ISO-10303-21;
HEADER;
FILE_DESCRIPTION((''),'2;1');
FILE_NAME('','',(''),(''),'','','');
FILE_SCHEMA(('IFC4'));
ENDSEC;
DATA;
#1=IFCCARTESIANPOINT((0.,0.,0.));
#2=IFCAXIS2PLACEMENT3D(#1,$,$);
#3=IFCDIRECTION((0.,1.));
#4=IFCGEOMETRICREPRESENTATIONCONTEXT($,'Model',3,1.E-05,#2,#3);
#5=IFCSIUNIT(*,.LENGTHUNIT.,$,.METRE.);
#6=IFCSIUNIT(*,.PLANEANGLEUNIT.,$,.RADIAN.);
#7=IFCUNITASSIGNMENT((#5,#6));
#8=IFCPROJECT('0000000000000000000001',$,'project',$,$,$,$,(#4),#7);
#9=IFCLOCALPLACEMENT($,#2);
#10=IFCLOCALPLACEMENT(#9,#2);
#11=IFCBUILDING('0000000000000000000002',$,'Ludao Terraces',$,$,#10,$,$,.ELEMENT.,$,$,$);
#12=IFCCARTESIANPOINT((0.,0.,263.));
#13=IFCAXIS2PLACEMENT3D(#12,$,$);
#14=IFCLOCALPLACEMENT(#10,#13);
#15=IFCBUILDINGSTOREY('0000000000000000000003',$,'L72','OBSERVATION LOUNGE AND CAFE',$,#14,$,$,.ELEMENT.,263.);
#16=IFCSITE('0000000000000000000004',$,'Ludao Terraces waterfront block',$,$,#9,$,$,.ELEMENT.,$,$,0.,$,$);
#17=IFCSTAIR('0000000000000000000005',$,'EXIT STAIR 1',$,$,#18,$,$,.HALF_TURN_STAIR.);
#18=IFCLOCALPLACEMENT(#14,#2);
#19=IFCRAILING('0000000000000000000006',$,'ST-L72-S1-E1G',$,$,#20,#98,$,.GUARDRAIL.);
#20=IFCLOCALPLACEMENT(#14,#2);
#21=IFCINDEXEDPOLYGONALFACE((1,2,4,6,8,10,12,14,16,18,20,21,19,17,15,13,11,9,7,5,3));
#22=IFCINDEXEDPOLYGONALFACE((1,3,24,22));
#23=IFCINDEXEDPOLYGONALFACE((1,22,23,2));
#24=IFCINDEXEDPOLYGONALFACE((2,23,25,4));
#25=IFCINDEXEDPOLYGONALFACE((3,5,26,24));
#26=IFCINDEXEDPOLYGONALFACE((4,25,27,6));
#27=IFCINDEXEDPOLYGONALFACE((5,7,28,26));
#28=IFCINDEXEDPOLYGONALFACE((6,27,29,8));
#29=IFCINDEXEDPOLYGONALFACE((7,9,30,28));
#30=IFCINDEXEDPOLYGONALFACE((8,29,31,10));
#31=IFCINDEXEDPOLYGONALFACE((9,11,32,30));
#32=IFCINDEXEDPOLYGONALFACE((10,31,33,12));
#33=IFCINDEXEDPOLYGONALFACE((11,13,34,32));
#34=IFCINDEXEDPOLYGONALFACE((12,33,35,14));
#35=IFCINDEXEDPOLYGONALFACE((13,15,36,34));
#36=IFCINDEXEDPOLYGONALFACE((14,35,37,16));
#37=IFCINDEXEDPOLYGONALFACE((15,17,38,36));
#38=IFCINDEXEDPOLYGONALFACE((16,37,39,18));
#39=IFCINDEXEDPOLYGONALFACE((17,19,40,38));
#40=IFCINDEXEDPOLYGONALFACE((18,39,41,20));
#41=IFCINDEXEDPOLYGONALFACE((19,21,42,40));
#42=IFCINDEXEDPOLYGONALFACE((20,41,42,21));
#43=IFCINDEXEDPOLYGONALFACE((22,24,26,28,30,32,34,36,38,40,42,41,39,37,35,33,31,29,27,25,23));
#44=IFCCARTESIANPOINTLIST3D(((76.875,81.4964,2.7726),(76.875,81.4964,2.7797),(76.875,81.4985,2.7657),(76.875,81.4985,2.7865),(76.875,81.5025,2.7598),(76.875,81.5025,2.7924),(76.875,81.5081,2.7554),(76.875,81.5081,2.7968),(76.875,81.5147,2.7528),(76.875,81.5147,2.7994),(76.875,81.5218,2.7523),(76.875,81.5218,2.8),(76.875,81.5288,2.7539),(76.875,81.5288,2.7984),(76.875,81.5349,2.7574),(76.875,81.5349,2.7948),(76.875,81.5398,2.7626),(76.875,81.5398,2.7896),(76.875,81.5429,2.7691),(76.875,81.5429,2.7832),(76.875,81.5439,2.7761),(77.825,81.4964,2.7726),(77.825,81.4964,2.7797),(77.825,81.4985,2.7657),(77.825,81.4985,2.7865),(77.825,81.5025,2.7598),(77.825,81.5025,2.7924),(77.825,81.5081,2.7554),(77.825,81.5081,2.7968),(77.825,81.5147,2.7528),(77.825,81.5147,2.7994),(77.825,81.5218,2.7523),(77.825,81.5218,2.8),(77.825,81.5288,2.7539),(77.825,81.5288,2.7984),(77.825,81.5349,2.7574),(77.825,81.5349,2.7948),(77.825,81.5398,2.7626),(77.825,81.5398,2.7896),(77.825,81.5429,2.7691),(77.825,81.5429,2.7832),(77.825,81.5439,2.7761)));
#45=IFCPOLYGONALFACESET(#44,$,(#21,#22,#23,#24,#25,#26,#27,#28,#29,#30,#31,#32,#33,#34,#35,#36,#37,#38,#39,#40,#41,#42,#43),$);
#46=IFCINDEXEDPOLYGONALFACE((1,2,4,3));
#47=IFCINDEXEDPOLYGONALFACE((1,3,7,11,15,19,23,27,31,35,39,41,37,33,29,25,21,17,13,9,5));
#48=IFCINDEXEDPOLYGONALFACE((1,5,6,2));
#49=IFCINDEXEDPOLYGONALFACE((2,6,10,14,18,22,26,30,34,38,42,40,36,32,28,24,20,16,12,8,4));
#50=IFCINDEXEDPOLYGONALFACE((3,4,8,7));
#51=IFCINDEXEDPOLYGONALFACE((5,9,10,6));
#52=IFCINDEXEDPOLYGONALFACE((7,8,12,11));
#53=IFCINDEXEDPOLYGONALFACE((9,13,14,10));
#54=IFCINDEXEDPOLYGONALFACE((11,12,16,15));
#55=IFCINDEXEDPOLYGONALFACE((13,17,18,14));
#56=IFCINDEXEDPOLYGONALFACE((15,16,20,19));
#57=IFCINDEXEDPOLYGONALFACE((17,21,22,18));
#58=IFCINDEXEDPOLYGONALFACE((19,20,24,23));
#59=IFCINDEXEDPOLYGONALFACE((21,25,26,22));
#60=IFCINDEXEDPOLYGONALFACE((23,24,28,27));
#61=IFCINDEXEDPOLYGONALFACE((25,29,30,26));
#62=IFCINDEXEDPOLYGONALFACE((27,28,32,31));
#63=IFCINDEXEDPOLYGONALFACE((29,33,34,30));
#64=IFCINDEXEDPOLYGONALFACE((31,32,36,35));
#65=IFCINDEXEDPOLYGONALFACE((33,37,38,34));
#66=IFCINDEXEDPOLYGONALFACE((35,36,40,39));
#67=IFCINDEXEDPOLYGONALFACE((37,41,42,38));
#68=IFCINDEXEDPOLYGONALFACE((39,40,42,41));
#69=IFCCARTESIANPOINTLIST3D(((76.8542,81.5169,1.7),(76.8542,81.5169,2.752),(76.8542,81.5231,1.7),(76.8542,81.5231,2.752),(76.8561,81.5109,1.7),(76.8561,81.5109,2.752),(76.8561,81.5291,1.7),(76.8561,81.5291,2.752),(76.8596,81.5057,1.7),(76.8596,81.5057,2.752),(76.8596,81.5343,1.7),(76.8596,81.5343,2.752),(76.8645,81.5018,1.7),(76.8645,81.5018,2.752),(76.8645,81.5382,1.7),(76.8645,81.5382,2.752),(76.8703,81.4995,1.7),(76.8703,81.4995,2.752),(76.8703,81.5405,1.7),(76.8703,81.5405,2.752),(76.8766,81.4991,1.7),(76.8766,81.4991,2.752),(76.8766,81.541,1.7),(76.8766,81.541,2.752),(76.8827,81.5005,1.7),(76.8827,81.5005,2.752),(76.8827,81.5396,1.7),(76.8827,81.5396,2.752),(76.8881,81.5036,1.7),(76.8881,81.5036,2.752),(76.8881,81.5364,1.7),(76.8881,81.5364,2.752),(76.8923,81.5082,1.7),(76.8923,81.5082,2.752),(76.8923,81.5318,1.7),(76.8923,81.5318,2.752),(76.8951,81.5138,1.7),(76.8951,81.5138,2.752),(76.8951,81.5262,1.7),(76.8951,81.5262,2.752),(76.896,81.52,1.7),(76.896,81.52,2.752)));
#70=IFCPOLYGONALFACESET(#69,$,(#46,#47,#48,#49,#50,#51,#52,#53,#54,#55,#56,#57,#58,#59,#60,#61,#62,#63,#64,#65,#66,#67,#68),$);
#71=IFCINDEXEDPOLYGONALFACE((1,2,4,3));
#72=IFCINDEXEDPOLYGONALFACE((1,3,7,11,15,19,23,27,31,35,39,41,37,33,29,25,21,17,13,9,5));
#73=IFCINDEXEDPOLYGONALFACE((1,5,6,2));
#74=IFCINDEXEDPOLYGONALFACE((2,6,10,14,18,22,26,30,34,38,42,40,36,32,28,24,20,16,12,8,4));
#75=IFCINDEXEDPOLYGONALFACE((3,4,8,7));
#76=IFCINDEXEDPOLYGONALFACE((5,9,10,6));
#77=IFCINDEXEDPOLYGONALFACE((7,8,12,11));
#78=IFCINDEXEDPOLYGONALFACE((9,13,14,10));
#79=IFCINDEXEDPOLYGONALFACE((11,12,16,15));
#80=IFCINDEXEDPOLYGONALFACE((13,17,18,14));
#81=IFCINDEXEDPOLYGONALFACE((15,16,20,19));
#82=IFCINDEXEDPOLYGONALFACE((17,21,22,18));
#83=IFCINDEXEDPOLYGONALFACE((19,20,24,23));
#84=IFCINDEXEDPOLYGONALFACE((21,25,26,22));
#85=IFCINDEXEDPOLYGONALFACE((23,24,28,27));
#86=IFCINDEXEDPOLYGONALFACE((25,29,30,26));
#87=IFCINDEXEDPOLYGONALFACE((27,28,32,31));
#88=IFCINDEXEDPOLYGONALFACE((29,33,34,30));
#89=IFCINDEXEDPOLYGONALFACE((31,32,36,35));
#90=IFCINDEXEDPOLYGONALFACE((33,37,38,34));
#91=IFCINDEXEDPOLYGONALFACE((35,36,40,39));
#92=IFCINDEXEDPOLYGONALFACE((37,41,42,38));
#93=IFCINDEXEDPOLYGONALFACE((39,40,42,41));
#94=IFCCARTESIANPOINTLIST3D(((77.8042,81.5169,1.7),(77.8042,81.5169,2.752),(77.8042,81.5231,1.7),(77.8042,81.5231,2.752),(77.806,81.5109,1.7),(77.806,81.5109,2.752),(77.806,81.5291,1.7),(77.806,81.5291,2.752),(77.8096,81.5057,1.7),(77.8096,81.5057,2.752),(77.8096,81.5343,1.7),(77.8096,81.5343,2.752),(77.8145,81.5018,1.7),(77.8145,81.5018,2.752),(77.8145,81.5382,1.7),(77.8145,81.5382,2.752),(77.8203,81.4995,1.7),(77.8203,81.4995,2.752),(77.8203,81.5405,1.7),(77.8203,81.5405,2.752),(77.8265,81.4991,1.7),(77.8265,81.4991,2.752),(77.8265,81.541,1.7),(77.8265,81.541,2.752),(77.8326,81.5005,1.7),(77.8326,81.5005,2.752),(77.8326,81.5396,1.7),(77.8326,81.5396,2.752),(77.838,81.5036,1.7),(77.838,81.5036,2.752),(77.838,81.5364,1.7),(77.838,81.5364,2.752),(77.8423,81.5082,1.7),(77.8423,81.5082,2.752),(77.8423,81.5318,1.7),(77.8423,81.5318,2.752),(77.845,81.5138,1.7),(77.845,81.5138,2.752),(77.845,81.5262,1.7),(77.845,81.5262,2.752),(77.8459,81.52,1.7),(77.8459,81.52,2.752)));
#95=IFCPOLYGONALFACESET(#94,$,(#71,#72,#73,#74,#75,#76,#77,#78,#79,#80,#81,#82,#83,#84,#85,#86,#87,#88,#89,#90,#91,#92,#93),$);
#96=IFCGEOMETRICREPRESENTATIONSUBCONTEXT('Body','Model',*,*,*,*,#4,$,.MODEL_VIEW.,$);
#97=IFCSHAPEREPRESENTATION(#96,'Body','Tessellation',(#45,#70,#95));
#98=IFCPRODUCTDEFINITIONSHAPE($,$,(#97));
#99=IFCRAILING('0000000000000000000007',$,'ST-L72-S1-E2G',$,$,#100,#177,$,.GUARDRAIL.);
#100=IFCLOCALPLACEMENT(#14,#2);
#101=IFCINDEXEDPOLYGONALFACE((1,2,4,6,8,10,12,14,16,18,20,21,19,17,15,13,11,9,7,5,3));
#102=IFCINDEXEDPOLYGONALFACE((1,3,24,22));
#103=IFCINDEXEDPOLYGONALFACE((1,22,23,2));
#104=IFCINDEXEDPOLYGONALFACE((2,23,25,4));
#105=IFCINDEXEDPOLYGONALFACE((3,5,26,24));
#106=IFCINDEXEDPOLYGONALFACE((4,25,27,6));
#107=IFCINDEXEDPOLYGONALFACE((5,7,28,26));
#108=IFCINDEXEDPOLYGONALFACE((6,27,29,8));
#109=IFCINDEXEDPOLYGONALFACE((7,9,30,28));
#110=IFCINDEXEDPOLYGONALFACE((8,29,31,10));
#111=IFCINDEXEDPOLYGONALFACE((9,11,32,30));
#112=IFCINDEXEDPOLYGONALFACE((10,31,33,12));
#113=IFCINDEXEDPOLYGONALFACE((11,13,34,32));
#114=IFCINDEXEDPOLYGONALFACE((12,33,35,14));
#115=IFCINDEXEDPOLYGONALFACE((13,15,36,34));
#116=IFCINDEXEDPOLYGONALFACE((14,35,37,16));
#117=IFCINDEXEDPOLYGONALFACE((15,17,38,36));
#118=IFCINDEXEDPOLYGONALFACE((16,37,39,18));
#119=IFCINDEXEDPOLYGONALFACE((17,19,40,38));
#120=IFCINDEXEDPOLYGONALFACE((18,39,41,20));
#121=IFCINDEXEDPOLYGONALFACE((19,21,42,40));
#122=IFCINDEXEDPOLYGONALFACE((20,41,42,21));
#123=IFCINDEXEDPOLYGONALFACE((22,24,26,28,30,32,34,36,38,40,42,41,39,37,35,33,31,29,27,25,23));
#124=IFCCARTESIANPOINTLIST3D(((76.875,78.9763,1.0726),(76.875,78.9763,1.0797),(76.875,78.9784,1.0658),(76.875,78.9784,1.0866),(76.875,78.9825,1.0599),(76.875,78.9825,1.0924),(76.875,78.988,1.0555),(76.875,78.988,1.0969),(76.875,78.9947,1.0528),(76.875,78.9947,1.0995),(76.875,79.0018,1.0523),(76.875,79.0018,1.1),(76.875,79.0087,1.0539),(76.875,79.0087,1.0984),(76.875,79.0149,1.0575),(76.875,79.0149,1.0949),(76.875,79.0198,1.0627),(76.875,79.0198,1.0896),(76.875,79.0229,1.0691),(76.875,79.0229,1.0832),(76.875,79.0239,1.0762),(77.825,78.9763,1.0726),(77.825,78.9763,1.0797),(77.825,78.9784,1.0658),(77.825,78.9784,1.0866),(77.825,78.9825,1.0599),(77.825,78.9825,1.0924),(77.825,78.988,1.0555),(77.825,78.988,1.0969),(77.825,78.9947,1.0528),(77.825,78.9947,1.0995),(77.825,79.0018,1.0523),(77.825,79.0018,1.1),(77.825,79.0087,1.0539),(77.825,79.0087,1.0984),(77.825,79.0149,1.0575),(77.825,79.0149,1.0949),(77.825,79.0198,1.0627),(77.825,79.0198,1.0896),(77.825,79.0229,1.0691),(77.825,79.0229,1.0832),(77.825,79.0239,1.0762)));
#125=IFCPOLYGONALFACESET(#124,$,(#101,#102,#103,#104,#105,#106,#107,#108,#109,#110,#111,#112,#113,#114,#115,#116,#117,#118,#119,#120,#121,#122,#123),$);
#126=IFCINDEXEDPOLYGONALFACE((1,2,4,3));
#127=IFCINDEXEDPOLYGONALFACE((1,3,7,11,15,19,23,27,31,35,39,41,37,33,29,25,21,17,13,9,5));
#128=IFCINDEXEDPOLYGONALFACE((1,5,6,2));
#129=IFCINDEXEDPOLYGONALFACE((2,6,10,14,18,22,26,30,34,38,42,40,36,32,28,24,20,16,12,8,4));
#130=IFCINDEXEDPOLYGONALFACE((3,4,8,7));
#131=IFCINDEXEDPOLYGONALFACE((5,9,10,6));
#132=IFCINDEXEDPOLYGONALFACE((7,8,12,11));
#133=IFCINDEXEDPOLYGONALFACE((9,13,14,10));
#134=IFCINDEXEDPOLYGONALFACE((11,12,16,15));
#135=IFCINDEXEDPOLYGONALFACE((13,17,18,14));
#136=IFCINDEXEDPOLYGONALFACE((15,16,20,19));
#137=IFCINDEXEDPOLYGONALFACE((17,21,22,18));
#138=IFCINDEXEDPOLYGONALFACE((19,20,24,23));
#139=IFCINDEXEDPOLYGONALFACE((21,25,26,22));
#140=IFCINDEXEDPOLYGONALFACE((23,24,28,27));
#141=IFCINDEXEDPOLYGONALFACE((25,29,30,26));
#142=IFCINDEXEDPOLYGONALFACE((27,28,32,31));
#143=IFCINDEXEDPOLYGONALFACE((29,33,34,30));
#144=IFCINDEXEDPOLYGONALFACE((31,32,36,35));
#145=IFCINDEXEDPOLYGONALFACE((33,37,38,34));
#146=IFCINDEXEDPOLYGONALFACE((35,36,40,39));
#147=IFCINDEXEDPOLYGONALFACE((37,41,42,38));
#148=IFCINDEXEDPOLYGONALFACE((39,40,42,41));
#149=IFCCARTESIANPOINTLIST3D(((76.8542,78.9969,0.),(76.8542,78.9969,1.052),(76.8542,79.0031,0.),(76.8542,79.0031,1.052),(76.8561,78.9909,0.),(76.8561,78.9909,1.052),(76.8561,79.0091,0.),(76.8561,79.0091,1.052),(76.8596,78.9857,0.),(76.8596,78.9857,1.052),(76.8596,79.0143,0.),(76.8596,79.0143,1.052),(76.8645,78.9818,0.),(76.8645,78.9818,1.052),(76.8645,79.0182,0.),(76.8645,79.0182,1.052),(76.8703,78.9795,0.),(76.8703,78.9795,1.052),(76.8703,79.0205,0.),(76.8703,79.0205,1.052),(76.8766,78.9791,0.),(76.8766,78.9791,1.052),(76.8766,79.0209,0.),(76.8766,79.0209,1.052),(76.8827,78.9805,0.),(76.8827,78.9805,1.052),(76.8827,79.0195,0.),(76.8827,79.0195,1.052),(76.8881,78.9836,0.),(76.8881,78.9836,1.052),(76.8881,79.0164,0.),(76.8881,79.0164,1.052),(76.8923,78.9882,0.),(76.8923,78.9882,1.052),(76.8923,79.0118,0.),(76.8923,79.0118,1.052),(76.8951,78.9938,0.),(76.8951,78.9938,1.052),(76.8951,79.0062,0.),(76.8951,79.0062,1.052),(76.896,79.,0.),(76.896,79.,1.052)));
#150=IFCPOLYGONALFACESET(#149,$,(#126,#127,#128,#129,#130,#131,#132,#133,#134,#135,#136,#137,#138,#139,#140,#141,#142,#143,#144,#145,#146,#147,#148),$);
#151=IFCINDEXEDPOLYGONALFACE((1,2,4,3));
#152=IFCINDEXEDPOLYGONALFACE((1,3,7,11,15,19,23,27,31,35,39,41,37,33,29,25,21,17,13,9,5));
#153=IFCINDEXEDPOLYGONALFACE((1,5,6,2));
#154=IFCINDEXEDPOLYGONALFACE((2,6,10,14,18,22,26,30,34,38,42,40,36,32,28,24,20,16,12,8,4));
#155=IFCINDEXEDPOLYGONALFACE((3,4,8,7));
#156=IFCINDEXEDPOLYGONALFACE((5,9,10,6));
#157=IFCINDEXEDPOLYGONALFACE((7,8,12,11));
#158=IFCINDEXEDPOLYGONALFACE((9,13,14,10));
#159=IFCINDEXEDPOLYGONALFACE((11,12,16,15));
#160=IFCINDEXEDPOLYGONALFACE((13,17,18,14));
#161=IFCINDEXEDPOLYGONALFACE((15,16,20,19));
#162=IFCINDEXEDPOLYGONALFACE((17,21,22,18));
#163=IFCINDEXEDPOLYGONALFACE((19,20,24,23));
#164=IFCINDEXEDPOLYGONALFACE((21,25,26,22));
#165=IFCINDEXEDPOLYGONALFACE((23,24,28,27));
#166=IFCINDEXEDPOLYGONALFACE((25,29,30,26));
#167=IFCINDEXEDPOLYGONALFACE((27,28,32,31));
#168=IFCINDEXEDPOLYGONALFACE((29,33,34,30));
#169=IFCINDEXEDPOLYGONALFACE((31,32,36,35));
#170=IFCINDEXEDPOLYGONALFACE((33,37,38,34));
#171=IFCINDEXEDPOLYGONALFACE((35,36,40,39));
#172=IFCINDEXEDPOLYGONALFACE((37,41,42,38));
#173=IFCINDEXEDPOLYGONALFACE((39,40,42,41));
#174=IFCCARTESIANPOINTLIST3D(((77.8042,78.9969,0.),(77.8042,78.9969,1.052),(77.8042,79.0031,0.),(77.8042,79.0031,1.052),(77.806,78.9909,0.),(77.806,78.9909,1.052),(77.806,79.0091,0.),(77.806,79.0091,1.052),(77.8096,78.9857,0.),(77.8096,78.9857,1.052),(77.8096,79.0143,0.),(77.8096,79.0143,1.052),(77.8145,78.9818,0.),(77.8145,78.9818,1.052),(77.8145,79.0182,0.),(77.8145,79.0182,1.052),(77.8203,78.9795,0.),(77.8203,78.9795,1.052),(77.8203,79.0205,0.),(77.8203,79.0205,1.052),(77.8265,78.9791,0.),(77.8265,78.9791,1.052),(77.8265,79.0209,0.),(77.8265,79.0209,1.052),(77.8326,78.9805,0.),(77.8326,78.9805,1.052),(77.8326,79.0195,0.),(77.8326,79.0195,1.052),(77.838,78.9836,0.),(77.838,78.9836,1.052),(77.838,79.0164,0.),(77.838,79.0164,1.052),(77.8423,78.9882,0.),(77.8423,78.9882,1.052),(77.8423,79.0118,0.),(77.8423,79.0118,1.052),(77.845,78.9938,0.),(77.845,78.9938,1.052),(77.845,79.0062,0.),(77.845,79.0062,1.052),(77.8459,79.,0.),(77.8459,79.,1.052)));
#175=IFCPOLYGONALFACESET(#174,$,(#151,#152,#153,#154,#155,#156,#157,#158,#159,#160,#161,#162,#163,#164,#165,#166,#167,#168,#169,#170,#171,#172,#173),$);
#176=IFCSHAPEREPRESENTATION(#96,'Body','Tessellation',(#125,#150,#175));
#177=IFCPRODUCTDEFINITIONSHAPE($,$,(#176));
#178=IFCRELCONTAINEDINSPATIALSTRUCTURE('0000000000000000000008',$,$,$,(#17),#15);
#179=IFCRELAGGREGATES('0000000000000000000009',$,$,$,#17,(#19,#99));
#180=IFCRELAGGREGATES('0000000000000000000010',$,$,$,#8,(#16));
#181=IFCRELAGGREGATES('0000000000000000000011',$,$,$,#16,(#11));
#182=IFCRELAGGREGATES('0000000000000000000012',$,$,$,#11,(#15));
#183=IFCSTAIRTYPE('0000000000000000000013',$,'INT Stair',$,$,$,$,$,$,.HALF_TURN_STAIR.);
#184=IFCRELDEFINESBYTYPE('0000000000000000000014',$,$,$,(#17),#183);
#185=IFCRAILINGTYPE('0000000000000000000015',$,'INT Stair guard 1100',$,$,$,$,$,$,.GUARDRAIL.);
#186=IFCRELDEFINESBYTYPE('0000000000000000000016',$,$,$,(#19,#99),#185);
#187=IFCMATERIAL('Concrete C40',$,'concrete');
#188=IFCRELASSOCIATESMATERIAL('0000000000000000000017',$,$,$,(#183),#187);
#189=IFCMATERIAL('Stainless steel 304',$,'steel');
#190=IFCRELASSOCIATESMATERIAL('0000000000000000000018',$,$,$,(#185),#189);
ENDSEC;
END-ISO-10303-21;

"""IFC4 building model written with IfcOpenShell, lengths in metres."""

from ifc_helpers import new_model, si_unit, direction, frame, origin, origin_2d, place, context, subcontext, project, spatial, circle, extrude, material, type_object, element, aggregate, save


model = new_model("IFC4")

# Units and contexts
model_context = context("Model", 3, precision=1e-05, world=origin(), true_north=direction((0.0, 1.0)))
body_context = subcontext(model_context, "Body", "Model", "MODEL_VIEW")
ifc_project = project(units=[si_unit("LENGTHUNIT", "METRE"), si_unit("PLANEANGLEUNIT", "RADIAN")], contexts=[model_context])

# Site, building, storey
site_placement = place(None, origin())
site = spatial("IfcSite", under=ifc_project, at=site_placement, Name="Ludao Terraces waterfront block", CompositionType="ELEMENT", RefElevation=0.0)
building_placement = place(site_placement, origin())
building = spatial("IfcBuilding", under=site, at=building_placement, Name="Ludao Terraces", CompositionType="ELEMENT")
storey_placement = place(building_placement, frame((0.0, 0.0, 263.0)))
storey = spatial("IfcBuildingStorey", under=building, at=storey_placement, Name="L72", Description="OBSERVATION LOUNGE AND CAFE", CompositionType="ELEMENT", Elevation=263.0)

# Shared definitions
ifc_material_1 = material(Name="Concrete C40", Category="concrete")

# Stair, railings
stair_type = type_object("IfcStairType", Name="INT Stair", PredefinedType="HALF_TURN_STAIR", material=ifc_material_1)
stair_placement = place(storey_placement, origin())
stair = element("IfcStair", 1, at=stair_placement, inside=storey, type_object=stair_type, Name="EXIT STAIR 1", PredefinedType="HALF_TURN_STAIR")
ifc_material_2 = material(Name="Stainless steel 304", Category="steel")
railing_type_1 = type_object("IfcRailingType", Name="INT Stair guard 1100", PredefinedType="GUARDRAIL", material=ifc_material_2)
railing_1_placement = place(storey_placement, frame((76.875, 81.52, 1.7)))
railing_1 = element("IfcRailing", 2, at=railing_1_placement, type_object=railing_type_1, Name="ST-L72-S1-E1G", PredefinedType="GUARDRAIL", context=body_context, shape_type="SweptSolid", body=[
    extrude(circle(Radius=0.0239, at=origin_2d()), frame((0.0, 0.0, 1.0762), z_axis=(1.0, 0.0, 0.0), x_axis=(0.0, 1.0, 0.0)), (0.0, 0.0, 1.0), 0.95),
    extrude(circle(Radius=0.021, at=origin_2d()), origin(), (0.0, 0.0, 1.0), 1.052),
    extrude(circle(Radius=0.021, at=origin_2d()), frame((0.95, 0.0, 0.0)), (0.0, 0.0, 1.0), 1.052),
])
railing_2_placement = place(storey_placement, frame((76.875, 79.0, 0.0)))
railing_2 = element("IfcRailing", 3, at=railing_2_placement, type_object=railing_type_1, Name="ST-L72-S1-E2G", PredefinedType="GUARDRAIL", context=body_context, shape_type="SweptSolid", body=[
    extrude(circle(Radius=0.0239, at=origin_2d()), frame((0.0, 0.0, 1.0762), z_axis=(1.0, 0.0, 0.0), x_axis=(0.0, 1.0, 0.0)), (0.0, 0.0, 1.0), 0.95),
    extrude(circle(Radius=0.021, at=origin_2d()), origin(), (0.0, 0.0, 1.0), 1.052),
    extrude(circle(Radius=0.021, at=origin_2d()), frame((0.95, 0.0, 0.0)), (0.0, 0.0, 1.0), 1.052),
])
aggregate(stair, [railing_1, railing_2])

save(model, "model.ifc")
